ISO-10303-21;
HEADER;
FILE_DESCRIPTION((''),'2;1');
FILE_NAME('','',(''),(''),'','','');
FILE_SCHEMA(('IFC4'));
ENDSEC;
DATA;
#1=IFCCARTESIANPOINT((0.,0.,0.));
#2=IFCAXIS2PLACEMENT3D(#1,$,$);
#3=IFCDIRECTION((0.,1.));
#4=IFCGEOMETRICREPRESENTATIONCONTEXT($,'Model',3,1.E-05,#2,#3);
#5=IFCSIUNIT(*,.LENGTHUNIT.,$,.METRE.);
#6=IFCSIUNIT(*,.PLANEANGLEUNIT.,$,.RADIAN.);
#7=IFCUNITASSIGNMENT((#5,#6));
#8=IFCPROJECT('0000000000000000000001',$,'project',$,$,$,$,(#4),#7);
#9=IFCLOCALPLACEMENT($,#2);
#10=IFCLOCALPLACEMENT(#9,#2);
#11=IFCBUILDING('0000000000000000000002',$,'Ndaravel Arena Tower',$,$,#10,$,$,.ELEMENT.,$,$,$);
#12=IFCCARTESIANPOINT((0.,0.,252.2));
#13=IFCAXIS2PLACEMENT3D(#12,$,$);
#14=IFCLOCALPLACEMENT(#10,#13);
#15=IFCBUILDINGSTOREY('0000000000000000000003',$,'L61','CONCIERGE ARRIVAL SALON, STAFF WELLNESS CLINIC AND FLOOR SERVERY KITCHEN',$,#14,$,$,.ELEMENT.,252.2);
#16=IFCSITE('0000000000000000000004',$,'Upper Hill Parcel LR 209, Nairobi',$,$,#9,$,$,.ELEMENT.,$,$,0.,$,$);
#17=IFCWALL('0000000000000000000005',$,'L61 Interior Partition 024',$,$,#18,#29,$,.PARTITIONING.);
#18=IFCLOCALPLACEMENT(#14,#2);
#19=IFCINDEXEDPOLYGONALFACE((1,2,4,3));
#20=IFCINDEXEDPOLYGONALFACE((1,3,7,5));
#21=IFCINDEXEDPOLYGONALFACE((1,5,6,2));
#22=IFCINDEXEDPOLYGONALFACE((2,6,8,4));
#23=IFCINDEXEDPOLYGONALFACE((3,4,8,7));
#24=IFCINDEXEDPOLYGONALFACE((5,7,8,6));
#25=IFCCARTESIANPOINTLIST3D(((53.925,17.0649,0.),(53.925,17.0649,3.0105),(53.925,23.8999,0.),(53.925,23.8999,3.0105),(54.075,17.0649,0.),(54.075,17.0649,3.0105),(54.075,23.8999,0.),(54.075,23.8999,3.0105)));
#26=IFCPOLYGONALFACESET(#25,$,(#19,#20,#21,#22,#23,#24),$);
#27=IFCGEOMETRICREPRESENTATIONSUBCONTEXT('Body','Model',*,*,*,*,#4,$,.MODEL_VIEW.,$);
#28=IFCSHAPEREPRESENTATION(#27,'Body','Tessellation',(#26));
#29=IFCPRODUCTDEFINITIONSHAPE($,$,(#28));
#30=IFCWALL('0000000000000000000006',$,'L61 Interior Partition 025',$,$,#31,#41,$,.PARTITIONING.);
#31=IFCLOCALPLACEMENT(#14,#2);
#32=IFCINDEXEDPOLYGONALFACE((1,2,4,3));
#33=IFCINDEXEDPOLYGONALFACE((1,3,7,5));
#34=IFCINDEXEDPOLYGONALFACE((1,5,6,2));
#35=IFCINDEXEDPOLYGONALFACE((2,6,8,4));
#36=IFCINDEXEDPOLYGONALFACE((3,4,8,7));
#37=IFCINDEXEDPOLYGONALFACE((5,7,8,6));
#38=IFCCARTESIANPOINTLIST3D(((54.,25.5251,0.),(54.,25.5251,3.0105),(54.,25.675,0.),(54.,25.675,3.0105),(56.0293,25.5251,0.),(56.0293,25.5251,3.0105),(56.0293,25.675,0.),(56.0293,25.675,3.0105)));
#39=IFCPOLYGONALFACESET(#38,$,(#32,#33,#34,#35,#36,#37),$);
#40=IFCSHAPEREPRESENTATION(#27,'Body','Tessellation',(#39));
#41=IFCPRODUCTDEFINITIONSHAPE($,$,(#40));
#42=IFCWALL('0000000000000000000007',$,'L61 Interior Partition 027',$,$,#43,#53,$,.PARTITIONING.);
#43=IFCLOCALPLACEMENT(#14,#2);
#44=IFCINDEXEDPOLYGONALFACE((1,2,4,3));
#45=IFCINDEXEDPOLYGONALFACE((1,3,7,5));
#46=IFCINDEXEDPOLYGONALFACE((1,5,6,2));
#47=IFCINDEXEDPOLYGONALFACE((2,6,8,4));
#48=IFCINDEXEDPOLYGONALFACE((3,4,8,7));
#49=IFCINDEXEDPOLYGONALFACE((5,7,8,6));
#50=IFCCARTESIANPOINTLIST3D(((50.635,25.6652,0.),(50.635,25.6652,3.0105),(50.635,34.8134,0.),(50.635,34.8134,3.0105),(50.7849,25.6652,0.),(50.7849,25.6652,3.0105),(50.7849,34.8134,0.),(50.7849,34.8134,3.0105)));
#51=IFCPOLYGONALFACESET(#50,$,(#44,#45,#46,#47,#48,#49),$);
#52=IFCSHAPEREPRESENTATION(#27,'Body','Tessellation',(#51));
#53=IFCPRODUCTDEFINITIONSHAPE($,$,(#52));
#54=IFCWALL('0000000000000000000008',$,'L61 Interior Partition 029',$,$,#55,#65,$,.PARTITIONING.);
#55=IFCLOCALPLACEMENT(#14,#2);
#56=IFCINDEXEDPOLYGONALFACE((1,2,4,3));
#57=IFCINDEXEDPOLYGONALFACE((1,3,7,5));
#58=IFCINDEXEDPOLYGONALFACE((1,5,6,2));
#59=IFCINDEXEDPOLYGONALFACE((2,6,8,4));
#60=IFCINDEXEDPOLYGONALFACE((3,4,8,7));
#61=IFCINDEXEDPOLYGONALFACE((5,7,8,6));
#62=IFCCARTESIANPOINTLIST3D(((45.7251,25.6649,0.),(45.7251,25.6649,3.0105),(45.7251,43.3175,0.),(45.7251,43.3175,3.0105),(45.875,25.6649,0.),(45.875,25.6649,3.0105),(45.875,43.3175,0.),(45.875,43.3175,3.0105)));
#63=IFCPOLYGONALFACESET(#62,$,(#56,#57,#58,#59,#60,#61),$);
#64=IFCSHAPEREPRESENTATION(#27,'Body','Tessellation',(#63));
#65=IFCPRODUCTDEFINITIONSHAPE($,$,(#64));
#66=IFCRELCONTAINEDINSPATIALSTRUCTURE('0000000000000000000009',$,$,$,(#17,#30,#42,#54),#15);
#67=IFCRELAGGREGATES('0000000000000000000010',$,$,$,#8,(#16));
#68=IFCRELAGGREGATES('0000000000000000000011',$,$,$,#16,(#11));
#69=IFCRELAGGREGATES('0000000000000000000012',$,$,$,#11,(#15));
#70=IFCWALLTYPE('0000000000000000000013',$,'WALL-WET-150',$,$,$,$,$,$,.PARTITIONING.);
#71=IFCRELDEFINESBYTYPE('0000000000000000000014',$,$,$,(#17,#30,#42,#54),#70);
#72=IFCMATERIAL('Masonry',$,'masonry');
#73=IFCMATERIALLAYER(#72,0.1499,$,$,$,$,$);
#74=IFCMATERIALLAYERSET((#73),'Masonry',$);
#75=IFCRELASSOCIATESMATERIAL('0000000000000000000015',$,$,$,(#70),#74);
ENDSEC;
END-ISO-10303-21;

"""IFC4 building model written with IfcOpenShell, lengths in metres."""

from ifc_helpers import new_model, si_unit, direction, frame, frame_2d, origin, place, context, subcontext, project, spatial, rectangle, extrude, material, layer, layer_set, type_object, element, save


model = new_model("IFC4")

# Units and contexts
model_context = context("Model", 3, precision=1e-05, world=origin(), true_north=direction((0.0, 1.0)))
body_context = subcontext(model_context, "Body", "Model", "MODEL_VIEW")
ifc_project = project(units=[si_unit("LENGTHUNIT", "METRE"), si_unit("PLANEANGLEUNIT", "RADIAN")], contexts=[model_context])

# Site, building, storey
site_placement = place(None, origin())
site = spatial("IfcSite", under=ifc_project, at=site_placement, Name="Upper Hill Parcel LR 209, Nairobi", CompositionType="ELEMENT", RefElevation=0.0)
building_placement = place(site_placement, origin())
building = spatial("IfcBuilding", under=site, at=building_placement, Name="Ndaravel Arena Tower", CompositionType="ELEMENT")
storey_placement = place(building_placement, frame((0.0, 0.0, 252.2)))
storey = spatial("IfcBuildingStorey", under=building, at=storey_placement, Name="L61", Description="CONCIERGE ARRIVAL SALON, STAFF WELLNESS CLINIC AND FLOOR SERVERY KITCHEN", CompositionType="ELEMENT", Elevation=252.2)

# Shared definitions
ifc_material_1 = material(Name="Masonry", Category="masonry")
ifc_layer_1 = layer(ifc_material_1, 0.1499)
ifc_layer_set_1 = layer_set([ifc_layer_1], Name="Masonry")
wall_type_1 = type_object("IfcWallType", Name="WALL-WET-150", PredefinedType="PARTITIONING", material=ifc_layer_set_1)

# Walls
wall_1_placement = place(storey_placement, frame((54.0, 23.8999, 0.0), z_axis=(0.0, 0.0, 1.0), x_axis=(0.0, -1.0, 0.0)))
element("IfcWall", 1, at=wall_1_placement, inside=storey, type_object=wall_type_1, Name="L61 Interior Partition 024", PredefinedType="PARTITIONING", context=body_context, shape_type="SweptSolid", body=[
    extrude(rectangle(XDim=6.835, YDim=0.1499, at=frame_2d((3.4175, 0.0))), origin(), (0.0, 0.0, 1.0), 3.0105),
])
wall_2_placement = place(storey_placement, frame((54.0, 25.6001, 0.0), z_axis=(0.0, 0.0, 1.0), x_axis=(1.0, 0.0, 0.0)))
element("IfcWall", 2, at=wall_2_placement, inside=storey, type_object=wall_type_1, Name="L61 Interior Partition 025", PredefinedType="PARTITIONING", context=body_context, shape_type="SweptSolid", body=[
    extrude(rectangle(XDim=2.0293, YDim=0.1499, at=frame_2d((1.0146, 0.0))), origin(), (0.0, 0.0, 1.0), 3.0105),
])
wall_3_placement = place(storey_placement, frame((50.71, 25.665, 0.0), z_axis=(0.0, 0.0, 1.0), x_axis=(0.0, 1.0, 0.0)))
element("IfcWall", 3, at=wall_3_placement, inside=storey, type_object=wall_type_1, Name="L61 Interior Partition 027", PredefinedType="PARTITIONING", context=body_context, shape_type="SweptSolid", body=[
    extrude(rectangle(XDim=9.1482, YDim=0.1499, at=frame_2d((4.5742, 0.0))), origin(), (0.0, 0.0, 1.0), 3.0105),
])
wall_4_placement = place(storey_placement, frame((45.8, 25.665, 0.0), z_axis=(0.0, 0.0, 1.0), x_axis=(0.0, 1.0, 0.0)))
element("IfcWall", 4, at=wall_4_placement, inside=storey, type_object=wall_type_1, Name="L61 Interior Partition 029", PredefinedType="PARTITIONING", context=body_context, shape_type="SweptSolid", body=[
    extrude(rectangle(XDim=17.6526, YDim=0.1499, at=frame_2d((8.8262, 0.0))), origin(), (0.0, 0.0, 1.0), 3.0105),
])

save(model, "model.ifc")
